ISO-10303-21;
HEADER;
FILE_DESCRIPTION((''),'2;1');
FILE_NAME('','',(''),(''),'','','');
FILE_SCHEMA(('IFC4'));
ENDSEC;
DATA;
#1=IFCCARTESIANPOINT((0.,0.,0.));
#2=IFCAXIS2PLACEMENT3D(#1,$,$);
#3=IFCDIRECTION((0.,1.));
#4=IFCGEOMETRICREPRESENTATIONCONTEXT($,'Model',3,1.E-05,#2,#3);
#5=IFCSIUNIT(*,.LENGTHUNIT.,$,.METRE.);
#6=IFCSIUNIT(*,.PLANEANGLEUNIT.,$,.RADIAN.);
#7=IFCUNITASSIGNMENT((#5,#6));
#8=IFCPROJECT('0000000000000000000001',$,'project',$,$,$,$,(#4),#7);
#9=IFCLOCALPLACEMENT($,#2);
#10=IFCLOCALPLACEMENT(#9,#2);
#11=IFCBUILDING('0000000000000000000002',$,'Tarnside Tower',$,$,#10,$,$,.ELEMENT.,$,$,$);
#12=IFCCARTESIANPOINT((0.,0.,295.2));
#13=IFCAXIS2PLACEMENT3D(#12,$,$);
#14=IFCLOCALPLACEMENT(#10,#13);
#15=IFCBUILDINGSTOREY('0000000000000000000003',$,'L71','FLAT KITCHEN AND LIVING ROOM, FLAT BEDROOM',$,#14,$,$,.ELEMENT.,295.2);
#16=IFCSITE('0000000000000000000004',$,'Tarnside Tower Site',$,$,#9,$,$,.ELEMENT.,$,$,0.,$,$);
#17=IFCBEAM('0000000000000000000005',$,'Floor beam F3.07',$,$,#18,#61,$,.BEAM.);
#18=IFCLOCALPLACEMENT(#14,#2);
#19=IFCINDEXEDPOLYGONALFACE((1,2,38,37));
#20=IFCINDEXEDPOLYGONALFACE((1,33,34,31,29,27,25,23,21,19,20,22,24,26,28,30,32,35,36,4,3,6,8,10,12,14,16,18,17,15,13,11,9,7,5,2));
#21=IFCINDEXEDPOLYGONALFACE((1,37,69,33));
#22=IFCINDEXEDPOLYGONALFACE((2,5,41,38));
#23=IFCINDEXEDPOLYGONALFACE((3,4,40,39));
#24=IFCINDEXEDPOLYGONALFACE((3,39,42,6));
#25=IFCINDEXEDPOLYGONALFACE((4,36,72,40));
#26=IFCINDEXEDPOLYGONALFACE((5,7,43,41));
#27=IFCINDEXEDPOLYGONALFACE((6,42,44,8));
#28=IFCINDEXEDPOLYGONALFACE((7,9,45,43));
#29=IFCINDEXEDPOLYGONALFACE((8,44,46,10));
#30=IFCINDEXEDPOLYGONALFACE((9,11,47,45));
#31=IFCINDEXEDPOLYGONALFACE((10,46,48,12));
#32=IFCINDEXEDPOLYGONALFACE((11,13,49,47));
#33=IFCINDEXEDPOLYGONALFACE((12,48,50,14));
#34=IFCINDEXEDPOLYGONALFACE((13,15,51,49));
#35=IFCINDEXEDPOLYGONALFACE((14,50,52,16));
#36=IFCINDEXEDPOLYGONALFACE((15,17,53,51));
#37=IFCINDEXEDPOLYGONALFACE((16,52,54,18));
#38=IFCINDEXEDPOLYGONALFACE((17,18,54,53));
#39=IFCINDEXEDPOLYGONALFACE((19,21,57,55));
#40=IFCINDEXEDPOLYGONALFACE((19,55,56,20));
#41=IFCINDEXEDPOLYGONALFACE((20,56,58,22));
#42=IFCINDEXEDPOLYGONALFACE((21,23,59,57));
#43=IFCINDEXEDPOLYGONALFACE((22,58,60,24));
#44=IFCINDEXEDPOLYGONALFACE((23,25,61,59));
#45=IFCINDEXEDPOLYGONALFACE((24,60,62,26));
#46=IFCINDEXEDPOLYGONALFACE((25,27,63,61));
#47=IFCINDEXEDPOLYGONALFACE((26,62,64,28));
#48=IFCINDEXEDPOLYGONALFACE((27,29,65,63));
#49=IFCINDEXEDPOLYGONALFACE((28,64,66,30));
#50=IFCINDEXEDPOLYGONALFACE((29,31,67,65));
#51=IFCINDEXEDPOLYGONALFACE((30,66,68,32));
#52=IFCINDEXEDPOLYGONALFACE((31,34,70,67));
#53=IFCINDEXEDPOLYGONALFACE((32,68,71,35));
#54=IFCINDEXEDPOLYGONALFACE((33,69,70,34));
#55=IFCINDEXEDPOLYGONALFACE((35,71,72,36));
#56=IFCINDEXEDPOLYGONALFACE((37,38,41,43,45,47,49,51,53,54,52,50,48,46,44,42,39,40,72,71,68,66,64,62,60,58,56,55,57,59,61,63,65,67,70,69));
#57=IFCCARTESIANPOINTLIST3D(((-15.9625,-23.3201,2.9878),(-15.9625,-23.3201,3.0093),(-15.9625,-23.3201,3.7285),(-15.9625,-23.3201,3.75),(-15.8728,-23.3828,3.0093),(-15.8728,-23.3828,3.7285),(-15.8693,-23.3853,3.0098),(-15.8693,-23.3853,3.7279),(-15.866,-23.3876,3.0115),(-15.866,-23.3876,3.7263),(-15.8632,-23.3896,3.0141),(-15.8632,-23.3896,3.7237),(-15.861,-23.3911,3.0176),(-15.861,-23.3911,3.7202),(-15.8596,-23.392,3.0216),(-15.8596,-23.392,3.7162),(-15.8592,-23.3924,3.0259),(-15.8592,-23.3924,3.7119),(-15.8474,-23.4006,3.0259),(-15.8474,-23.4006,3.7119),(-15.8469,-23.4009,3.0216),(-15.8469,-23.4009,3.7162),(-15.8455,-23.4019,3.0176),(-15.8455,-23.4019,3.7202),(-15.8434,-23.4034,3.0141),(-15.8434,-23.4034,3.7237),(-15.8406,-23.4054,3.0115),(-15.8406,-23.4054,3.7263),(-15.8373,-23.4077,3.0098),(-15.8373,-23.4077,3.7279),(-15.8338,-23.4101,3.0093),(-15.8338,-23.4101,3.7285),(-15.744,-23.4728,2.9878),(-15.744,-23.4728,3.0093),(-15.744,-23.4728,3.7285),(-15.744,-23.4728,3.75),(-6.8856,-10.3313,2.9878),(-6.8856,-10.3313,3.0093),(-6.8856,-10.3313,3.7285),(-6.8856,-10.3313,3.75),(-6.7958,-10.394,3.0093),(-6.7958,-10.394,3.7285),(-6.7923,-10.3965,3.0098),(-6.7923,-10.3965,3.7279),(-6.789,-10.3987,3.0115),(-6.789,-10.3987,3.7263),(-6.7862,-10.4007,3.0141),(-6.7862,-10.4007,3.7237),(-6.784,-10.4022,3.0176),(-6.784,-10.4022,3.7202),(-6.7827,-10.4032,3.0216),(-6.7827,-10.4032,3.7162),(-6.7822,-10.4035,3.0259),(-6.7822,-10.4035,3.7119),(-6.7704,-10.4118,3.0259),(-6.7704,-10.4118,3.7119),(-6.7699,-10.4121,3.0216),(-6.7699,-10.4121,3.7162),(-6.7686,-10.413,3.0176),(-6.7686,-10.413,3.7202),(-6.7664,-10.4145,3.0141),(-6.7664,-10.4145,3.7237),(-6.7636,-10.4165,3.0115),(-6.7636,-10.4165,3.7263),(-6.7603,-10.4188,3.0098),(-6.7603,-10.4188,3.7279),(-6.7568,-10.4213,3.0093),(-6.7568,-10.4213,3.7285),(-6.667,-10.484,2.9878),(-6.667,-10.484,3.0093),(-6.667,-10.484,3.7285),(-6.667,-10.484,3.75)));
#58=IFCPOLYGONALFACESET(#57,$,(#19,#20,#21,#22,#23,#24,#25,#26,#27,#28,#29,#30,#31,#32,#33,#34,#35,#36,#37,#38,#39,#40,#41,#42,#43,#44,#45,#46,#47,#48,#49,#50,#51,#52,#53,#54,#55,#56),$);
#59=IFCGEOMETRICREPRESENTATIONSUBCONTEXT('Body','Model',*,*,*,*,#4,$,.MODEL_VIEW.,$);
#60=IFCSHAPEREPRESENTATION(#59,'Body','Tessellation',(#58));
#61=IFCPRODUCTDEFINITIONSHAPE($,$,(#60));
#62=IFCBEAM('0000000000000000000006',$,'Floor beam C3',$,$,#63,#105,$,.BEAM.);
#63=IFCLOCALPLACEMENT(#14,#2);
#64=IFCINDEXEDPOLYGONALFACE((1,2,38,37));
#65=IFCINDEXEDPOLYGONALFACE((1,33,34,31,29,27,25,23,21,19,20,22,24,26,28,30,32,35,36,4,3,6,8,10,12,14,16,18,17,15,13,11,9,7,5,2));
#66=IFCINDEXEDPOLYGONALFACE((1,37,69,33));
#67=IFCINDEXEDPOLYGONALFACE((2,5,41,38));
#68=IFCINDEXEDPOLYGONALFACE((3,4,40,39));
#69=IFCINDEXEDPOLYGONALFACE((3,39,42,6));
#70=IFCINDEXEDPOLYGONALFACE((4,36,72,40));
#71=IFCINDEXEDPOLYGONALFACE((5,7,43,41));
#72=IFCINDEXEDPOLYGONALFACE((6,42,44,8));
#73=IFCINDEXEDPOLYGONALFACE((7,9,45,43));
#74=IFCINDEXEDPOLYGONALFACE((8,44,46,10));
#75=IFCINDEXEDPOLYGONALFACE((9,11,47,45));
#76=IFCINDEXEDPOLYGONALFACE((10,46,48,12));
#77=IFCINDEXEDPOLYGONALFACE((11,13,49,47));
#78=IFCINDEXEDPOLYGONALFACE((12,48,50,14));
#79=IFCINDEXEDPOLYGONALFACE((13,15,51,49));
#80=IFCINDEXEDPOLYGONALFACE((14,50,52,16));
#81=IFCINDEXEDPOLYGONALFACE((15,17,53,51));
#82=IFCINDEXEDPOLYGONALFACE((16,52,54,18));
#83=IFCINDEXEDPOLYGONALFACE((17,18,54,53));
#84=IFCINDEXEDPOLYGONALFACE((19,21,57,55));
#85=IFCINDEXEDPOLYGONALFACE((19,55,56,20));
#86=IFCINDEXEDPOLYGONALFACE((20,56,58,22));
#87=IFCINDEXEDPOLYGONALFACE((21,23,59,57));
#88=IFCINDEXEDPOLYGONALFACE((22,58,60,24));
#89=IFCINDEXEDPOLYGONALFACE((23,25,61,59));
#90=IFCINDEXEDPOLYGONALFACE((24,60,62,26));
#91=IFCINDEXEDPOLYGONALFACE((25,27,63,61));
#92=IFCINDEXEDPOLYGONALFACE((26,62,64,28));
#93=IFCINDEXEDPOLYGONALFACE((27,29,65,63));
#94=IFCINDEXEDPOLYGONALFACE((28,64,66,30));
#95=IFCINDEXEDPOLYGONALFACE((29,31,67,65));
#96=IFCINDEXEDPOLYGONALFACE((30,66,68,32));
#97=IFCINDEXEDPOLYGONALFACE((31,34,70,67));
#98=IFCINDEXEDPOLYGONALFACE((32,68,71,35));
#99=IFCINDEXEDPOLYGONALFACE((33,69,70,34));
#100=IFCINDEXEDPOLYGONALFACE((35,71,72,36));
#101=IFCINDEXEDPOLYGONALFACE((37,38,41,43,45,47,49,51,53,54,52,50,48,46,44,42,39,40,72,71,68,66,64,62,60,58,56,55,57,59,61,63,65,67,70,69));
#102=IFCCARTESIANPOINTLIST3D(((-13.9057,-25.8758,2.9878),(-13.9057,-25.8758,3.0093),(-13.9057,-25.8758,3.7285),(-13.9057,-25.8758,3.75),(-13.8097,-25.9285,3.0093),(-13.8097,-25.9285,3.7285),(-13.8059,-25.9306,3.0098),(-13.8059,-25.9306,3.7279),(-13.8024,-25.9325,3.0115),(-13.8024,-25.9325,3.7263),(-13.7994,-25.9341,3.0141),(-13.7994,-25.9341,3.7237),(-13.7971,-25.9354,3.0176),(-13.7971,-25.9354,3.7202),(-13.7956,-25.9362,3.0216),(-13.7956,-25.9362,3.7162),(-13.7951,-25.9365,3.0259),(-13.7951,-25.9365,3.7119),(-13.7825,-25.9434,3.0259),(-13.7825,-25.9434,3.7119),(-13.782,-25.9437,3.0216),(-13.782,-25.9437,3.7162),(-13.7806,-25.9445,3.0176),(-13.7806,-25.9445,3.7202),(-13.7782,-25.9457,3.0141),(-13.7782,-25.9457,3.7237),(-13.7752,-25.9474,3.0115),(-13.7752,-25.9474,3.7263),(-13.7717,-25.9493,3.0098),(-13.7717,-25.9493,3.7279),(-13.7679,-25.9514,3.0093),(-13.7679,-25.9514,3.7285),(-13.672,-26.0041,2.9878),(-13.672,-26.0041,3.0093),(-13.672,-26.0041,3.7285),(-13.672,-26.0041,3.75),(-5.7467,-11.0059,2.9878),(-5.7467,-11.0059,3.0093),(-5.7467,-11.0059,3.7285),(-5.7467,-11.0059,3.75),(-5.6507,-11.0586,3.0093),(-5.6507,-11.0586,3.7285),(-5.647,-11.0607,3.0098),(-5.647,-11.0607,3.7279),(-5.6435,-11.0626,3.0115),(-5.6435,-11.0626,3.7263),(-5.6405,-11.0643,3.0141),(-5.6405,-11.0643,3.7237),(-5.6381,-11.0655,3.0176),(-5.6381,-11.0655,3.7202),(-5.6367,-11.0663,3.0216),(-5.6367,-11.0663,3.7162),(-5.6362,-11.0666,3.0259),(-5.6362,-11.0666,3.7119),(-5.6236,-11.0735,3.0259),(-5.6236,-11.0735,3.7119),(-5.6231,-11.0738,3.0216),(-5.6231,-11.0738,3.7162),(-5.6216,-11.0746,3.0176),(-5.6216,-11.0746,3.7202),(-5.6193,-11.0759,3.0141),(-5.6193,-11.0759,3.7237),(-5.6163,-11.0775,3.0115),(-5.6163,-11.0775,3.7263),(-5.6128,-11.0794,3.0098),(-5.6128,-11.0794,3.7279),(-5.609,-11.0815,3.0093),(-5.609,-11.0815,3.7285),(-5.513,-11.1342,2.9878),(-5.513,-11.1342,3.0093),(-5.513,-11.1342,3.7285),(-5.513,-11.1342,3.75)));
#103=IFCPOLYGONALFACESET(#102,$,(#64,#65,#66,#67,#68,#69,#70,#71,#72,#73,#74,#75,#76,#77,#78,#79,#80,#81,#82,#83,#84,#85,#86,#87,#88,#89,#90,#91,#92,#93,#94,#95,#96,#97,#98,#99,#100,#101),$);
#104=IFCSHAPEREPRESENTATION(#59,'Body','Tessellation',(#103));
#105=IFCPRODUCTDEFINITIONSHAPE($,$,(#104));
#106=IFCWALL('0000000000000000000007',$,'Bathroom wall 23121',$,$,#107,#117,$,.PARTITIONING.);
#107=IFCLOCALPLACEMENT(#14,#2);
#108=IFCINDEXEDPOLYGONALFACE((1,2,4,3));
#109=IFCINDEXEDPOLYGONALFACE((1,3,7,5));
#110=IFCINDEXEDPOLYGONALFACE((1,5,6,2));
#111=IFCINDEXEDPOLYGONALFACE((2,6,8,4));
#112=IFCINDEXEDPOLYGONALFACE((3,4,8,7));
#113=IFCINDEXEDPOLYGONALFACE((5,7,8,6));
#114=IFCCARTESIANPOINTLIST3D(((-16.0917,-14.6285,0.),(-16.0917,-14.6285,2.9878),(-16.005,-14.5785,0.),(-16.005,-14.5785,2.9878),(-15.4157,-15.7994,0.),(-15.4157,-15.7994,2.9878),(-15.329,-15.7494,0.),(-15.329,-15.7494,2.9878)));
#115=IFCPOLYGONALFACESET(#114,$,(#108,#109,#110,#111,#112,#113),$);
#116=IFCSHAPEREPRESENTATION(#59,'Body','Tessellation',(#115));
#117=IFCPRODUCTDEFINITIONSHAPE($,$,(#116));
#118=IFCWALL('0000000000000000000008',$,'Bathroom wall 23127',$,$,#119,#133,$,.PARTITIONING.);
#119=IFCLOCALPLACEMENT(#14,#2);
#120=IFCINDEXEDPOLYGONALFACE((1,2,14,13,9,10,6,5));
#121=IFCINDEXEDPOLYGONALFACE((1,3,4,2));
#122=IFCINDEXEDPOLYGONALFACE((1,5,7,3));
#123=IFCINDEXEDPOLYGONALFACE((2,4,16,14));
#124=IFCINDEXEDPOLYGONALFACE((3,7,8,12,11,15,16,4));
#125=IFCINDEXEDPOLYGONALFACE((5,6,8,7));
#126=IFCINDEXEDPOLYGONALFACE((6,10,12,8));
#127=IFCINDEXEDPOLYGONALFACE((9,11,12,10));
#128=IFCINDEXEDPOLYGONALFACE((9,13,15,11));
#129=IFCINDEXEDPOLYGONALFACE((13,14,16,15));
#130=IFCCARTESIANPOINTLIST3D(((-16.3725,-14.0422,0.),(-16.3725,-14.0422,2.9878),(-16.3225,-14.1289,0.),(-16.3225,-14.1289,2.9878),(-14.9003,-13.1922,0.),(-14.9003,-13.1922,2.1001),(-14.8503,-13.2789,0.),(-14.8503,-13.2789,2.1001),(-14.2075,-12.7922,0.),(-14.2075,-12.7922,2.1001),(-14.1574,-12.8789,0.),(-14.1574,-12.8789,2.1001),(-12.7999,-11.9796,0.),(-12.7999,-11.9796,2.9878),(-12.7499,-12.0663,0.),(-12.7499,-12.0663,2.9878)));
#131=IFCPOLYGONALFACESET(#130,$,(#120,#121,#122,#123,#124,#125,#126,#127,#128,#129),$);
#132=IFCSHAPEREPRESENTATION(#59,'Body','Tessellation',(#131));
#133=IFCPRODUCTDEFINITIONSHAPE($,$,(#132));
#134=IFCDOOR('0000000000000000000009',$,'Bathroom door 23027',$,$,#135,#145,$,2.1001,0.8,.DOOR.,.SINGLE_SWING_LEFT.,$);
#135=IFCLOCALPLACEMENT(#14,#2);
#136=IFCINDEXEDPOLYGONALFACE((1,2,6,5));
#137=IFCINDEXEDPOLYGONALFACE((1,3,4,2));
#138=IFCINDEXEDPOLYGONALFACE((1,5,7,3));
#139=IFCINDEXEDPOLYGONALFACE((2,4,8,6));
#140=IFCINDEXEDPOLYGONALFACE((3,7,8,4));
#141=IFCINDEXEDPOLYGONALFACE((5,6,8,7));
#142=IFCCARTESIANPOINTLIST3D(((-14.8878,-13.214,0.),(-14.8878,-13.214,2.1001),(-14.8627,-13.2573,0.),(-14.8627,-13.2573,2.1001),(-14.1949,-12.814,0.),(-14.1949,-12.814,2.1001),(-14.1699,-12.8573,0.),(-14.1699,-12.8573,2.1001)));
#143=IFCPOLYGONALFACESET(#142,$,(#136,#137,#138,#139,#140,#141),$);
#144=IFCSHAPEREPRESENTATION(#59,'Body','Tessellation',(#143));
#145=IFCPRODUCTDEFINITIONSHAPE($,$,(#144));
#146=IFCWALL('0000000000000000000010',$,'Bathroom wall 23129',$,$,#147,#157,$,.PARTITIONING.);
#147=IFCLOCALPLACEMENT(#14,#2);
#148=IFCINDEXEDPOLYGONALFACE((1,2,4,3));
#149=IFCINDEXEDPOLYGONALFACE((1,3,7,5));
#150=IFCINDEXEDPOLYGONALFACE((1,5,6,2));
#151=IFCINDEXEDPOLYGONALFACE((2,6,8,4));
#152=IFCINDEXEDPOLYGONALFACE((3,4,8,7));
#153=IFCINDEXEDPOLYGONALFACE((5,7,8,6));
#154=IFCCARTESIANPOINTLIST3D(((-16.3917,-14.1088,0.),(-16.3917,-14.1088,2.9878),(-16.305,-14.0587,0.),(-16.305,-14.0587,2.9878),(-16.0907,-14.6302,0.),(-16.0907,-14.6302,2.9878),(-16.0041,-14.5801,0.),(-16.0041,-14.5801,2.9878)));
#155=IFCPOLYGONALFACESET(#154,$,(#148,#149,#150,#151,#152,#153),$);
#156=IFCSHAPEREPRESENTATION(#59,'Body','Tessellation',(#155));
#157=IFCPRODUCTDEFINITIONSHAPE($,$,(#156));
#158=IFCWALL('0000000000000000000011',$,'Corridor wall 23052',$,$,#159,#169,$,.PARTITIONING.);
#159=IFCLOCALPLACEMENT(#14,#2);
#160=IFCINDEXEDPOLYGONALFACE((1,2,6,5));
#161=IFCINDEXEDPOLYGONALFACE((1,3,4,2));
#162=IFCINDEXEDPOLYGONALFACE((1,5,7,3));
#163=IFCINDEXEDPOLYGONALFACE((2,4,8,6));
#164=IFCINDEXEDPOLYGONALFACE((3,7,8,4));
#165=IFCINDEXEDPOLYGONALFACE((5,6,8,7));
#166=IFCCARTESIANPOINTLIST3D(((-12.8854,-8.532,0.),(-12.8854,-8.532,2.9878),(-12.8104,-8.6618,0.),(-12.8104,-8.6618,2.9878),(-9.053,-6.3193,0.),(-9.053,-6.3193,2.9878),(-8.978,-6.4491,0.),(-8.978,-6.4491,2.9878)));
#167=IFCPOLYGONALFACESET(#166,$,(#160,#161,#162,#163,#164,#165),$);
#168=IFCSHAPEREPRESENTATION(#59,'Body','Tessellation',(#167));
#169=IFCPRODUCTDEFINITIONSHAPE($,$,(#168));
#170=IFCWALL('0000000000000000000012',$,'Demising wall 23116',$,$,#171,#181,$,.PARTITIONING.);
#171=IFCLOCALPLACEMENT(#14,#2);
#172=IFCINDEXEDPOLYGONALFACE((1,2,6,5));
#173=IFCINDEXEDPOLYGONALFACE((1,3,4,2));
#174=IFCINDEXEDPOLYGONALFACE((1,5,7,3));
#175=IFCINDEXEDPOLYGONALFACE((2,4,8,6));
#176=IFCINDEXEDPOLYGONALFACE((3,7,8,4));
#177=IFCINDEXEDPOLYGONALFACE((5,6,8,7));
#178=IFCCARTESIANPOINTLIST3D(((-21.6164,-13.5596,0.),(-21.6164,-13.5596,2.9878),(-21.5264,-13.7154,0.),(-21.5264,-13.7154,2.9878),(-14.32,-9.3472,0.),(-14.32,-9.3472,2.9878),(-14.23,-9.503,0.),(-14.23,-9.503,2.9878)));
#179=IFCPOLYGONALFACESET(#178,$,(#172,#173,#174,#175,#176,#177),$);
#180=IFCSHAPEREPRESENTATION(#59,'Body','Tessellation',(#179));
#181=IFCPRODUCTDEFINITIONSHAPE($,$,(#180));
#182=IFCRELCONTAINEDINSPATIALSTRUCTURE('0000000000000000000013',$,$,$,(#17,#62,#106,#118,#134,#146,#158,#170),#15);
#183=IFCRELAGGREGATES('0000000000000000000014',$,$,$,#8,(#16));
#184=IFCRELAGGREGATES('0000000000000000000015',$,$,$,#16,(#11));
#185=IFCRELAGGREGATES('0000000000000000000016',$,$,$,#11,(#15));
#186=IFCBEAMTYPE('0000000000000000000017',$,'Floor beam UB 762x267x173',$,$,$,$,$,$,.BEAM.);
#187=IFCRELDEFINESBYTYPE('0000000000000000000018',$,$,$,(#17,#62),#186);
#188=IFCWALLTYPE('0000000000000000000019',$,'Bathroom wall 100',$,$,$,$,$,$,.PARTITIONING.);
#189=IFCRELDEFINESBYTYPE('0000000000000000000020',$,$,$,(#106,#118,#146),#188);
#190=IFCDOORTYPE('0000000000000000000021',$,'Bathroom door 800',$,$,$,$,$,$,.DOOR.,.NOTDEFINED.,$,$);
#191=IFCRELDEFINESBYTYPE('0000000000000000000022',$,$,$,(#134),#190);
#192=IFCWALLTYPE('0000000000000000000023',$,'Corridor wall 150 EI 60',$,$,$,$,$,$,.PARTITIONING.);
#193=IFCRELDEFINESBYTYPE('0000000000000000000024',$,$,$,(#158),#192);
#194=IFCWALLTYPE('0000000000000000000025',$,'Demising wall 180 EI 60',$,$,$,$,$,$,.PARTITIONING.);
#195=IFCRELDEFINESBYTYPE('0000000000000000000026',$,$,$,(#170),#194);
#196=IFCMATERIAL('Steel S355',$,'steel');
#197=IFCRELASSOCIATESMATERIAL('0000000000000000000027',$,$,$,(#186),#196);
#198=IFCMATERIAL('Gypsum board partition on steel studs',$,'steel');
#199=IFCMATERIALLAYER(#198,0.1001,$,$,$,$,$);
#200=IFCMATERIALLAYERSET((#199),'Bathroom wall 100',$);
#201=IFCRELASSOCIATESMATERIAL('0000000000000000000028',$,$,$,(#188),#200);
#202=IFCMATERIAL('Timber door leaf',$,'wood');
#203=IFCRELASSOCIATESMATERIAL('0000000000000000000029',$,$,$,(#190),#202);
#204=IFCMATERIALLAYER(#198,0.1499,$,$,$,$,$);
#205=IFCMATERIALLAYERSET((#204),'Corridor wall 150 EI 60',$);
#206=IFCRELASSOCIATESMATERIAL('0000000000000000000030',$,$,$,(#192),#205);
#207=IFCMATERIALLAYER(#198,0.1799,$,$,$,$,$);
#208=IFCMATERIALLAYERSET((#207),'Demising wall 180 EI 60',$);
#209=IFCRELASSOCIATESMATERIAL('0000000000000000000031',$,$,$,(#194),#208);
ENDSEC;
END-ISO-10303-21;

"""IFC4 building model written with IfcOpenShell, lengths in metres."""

from ifc_helpers import new_model, si_unit, direction, frame, frame_2d, origin, origin_2d, place, context, subcontext, project, spatial, rectangle, i_section, extrude, material, layer, layer_set, material_profile, profile_set, type_object, element, fill, save


model = new_model("IFC4")

# Units and contexts
model_context = context("Model", 3, precision=1e-05, world=origin(), true_north=direction((0.0, 1.0)))
body_context = subcontext(model_context, "Body", "Model", "MODEL_VIEW")
ifc_project = project(units=[si_unit("LENGTHUNIT", "METRE"), si_unit("PLANEANGLEUNIT", "RADIAN")], contexts=[model_context])

# Site, building, storey
site_placement = place(None, origin())
site = spatial("IfcSite", under=ifc_project, at=site_placement, Name="Tarnside Tower Site", CompositionType="ELEMENT", RefElevation=0.0)
building_placement = place(site_placement, origin())
building = spatial("IfcBuilding", under=site, at=building_placement, Name="Tarnside Tower", CompositionType="ELEMENT")
storey_placement = place(building_placement, frame((0.0, 0.0, 295.2)))
storey = spatial("IfcBuildingStorey", under=building, at=storey_placement, Name="L71", Description="FLAT KITCHEN AND LIVING ROOM, FLAT BEDROOM", CompositionType="ELEMENT", Elevation=295.2)

# Beams
ifc_material_1 = material(Name="Steel S355", Category="steel")
ifc_material_profile_1 = material_profile(ifc_material_1, i_section(OverallWidth=0.2666, OverallDepth=0.7622, WebThickness=0.0144, FlangeThickness=0.0215, FilletRadius=0.0166, at=origin_2d()), Name="UB 762x267x173")
ifc_profile_set_1 = profile_set([ifc_material_profile_1], Name="Steel S355")
beam_type_1 = type_object("IfcBeamType", Name="Floor beam UB 762x267x173", PredefinedType="BEAM", material=ifc_profile_set_1)
beam_1_placement = place(storey_placement, frame((-15.8533, -23.3965, 3.3689), z_axis=(0.572817, 0.819683, 0.0), x_axis=(-0.819683, 0.572817, 0.0)))
element("IfcBeam", 1, at=beam_1_placement, inside=storey, type_object=beam_type_1, Name="Floor beam F3.07", PredefinedType="BEAM", context=body_context, shape_type="SweptSolid", body=[
    extrude(i_section(OverallWidth=0.2666, OverallDepth=0.7622, WebThickness=0.0144, FlangeThickness=0.0215, FilletRadius=0.0166, at=origin_2d()), origin(), (0.0, 0.0, 1.0), 15.8462),
])
beam_2_placement = place(storey_placement, frame((-13.7888, -25.9399, 3.3689), z_axis=(0.481036, 0.876701, 0.0), x_axis=(-0.876701, 0.481036, 0.0)))
element("IfcBeam", 2, at=beam_2_placement, inside=storey, type_object=beam_type_1, Name="Floor beam C3", PredefinedType="BEAM", context=body_context, shape_type="SweptSolid", body=[
    extrude(i_section(OverallWidth=0.2666, OverallDepth=0.7622, WebThickness=0.0144, FlangeThickness=0.0215, FilletRadius=0.0166, at=origin_2d()), origin(), (0.0, 0.0, 1.0), 16.9612),
])

# Wall
ifc_material_2 = material(Name="Gypsum board partition on steel studs", Category="steel")
ifc_layer_1 = layer(ifc_material_2, 0.1001)
ifc_layer_set_1 = layer_set([ifc_layer_1], Name="Bathroom wall 100")
wall_type_1 = type_object("IfcWallType", Name="Bathroom wall 100", PredefinedType="PARTITIONING", material=ifc_layer_set_1)
wall_1_placement = place(storey_placement, frame((-15.3723, -15.7744, 0.0), z_axis=(0.0, 0.0, 1.0), x_axis=(-0.500004, 0.866023, 0.0)))
element("IfcWall", 3, at=wall_1_placement, inside=storey, type_object=wall_type_1, Name="Bathroom wall 23121", PredefinedType="PARTITIONING", context=body_context, shape_type="SweptSolid", body=[
    extrude(rectangle(XDim=1.3521, YDim=0.1001, at=frame_2d((0.676, 0.0))), origin(), (0.0, 0.0, 1.0), 2.9878),
])

# Wall, opening, door
wall_2_placement = place(storey_placement, frame((-16.3474, -14.0854, 0.0), z_axis=(0.0, 0.0, 1.0), x_axis=(0.866035, 0.499984, 0.0)))
wall_2 = element("IfcWall", 4, at=wall_2_placement, inside=storey, type_object=wall_type_1, Name="Bathroom wall 23127", PredefinedType="PARTITIONING", context=body_context, shape_type="SweptSolid", body=[
    extrude(rectangle(XDim=4.1252, YDim=0.1001, at=frame_2d((2.0625, 0.0))), origin(), (0.0, 0.0, 1.0), 2.9878),
])
opening_1_placement = place(wall_2_placement, frame((1.7, 0.0, 0.0)))
opening_1 = element("IfcOpeningElement", 5, at=opening_1_placement, cuts=wall_2, PredefinedType="OPENING", context=body_context, shape_type="SweptSolid", body=[
    extrude(rectangle(XDim=0.8, YDim=2.1001, at=frame_2d((0.3999, 1.05))), frame((0.0, 0.0601, 0.0), z_axis=(0.0, -1.0, 0.0), x_axis=(1.0, 0.0, 0.0)), (0.0, 0.0, 1.0), 0.1201),
])
ifc_material_3 = material(Name="Timber door leaf", Category="wood")
door_type_1 = type_object("IfcDoorType", Name="Bathroom door 800", OperationType="NOTDEFINED", PredefinedType="DOOR", material=ifc_material_3)
door_1_placement = place(opening_1_placement, origin())
door_1 = element("IfcDoor", 6, at=door_1_placement, inside=storey, type_object=door_type_1, Name="Bathroom door 23027", OperationType="SINGLE_SWING_LEFT", OverallHeight=2.1001, OverallWidth=0.8, PredefinedType="DOOR", context=body_context, shape_type="SweptSolid", body=[
    extrude(rectangle(XDim=0.8, YDim=2.1001, at=frame_2d((0.3999, 1.05))), frame((0.0, 0.0249, 0.0), z_axis=(0.0, -1.0, 0.0), x_axis=(1.0, 0.0, 0.0)), (0.0, 0.0, 1.0), 0.05),
])
fill(opening_1, door_1)

# Walls
wall_3_placement = place(storey_placement, frame((-16.3484, -14.0837, 0.0), z_axis=(0.0, 0.0, 1.0), x_axis=(0.499933, -0.866064, 0.0)))
element("IfcWall", 7, at=wall_3_placement, inside=storey, type_object=wall_type_1, Name="Bathroom wall 23129", PredefinedType="PARTITIONING", context=body_context, shape_type="SweptSolid", body=[
    extrude(rectangle(XDim=0.6021, YDim=0.1001, at=frame_2d((0.301, 0.0))), origin(), (0.0, 0.0, 1.0), 2.9878),
])
ifc_layer_2 = layer(ifc_material_2, 0.1499)
ifc_layer_set_2 = layer_set([ifc_layer_2], Name="Corridor wall 150 EI 60")
wall_type_2 = type_object("IfcWallType", Name="Corridor wall 150 EI 60", PredefinedType="PARTITIONING", material=ifc_layer_set_2)
wall_4_placement = place(storey_placement, frame((-12.8479, -8.5969, 0.0), z_axis=(0.0, 0.0, 1.0), x_axis=(0.866017, 0.500014, 0.0)))
element("IfcWall", 8, at=wall_4_placement, inside=storey, type_object=wall_type_2, Name="Corridor wall 23052", PredefinedType="PARTITIONING", context=body_context, shape_type="SweptSolid", body=[
    extrude(rectangle(XDim=4.4253, YDim=0.1499, at=frame_2d((2.2126, 0.0))), origin(), (0.0, 0.0, 1.0), 2.9878),
])
ifc_layer_3 = layer(ifc_material_2, 0.1799)
ifc_layer_set_3 = layer_set([ifc_layer_3], Name="Demising wall 180 EI 60")
wall_type_3 = type_object("IfcWallType", Name="Demising wall 180 EI 60", PredefinedType="PARTITIONING", material=ifc_layer_set_3)
wall_5_placement = place(storey_placement, frame((-21.5713, -13.6375, 0.0), z_axis=(0.0, 0.0, 1.0), x_axis=(0.866034, 0.499985, 0.0)))
element("IfcWall", 9, at=wall_5_placement, inside=storey, type_object=wall_type_3, Name="Demising wall 23116", PredefinedType="PARTITIONING", context=body_context, shape_type="SweptSolid", body=[
    extrude(rectangle(XDim=8.425, YDim=0.1799, at=frame_2d((4.2124, 0.0))), origin(), (0.0, 0.0, 1.0), 2.9878),
])

save(model, "model.ifc")
